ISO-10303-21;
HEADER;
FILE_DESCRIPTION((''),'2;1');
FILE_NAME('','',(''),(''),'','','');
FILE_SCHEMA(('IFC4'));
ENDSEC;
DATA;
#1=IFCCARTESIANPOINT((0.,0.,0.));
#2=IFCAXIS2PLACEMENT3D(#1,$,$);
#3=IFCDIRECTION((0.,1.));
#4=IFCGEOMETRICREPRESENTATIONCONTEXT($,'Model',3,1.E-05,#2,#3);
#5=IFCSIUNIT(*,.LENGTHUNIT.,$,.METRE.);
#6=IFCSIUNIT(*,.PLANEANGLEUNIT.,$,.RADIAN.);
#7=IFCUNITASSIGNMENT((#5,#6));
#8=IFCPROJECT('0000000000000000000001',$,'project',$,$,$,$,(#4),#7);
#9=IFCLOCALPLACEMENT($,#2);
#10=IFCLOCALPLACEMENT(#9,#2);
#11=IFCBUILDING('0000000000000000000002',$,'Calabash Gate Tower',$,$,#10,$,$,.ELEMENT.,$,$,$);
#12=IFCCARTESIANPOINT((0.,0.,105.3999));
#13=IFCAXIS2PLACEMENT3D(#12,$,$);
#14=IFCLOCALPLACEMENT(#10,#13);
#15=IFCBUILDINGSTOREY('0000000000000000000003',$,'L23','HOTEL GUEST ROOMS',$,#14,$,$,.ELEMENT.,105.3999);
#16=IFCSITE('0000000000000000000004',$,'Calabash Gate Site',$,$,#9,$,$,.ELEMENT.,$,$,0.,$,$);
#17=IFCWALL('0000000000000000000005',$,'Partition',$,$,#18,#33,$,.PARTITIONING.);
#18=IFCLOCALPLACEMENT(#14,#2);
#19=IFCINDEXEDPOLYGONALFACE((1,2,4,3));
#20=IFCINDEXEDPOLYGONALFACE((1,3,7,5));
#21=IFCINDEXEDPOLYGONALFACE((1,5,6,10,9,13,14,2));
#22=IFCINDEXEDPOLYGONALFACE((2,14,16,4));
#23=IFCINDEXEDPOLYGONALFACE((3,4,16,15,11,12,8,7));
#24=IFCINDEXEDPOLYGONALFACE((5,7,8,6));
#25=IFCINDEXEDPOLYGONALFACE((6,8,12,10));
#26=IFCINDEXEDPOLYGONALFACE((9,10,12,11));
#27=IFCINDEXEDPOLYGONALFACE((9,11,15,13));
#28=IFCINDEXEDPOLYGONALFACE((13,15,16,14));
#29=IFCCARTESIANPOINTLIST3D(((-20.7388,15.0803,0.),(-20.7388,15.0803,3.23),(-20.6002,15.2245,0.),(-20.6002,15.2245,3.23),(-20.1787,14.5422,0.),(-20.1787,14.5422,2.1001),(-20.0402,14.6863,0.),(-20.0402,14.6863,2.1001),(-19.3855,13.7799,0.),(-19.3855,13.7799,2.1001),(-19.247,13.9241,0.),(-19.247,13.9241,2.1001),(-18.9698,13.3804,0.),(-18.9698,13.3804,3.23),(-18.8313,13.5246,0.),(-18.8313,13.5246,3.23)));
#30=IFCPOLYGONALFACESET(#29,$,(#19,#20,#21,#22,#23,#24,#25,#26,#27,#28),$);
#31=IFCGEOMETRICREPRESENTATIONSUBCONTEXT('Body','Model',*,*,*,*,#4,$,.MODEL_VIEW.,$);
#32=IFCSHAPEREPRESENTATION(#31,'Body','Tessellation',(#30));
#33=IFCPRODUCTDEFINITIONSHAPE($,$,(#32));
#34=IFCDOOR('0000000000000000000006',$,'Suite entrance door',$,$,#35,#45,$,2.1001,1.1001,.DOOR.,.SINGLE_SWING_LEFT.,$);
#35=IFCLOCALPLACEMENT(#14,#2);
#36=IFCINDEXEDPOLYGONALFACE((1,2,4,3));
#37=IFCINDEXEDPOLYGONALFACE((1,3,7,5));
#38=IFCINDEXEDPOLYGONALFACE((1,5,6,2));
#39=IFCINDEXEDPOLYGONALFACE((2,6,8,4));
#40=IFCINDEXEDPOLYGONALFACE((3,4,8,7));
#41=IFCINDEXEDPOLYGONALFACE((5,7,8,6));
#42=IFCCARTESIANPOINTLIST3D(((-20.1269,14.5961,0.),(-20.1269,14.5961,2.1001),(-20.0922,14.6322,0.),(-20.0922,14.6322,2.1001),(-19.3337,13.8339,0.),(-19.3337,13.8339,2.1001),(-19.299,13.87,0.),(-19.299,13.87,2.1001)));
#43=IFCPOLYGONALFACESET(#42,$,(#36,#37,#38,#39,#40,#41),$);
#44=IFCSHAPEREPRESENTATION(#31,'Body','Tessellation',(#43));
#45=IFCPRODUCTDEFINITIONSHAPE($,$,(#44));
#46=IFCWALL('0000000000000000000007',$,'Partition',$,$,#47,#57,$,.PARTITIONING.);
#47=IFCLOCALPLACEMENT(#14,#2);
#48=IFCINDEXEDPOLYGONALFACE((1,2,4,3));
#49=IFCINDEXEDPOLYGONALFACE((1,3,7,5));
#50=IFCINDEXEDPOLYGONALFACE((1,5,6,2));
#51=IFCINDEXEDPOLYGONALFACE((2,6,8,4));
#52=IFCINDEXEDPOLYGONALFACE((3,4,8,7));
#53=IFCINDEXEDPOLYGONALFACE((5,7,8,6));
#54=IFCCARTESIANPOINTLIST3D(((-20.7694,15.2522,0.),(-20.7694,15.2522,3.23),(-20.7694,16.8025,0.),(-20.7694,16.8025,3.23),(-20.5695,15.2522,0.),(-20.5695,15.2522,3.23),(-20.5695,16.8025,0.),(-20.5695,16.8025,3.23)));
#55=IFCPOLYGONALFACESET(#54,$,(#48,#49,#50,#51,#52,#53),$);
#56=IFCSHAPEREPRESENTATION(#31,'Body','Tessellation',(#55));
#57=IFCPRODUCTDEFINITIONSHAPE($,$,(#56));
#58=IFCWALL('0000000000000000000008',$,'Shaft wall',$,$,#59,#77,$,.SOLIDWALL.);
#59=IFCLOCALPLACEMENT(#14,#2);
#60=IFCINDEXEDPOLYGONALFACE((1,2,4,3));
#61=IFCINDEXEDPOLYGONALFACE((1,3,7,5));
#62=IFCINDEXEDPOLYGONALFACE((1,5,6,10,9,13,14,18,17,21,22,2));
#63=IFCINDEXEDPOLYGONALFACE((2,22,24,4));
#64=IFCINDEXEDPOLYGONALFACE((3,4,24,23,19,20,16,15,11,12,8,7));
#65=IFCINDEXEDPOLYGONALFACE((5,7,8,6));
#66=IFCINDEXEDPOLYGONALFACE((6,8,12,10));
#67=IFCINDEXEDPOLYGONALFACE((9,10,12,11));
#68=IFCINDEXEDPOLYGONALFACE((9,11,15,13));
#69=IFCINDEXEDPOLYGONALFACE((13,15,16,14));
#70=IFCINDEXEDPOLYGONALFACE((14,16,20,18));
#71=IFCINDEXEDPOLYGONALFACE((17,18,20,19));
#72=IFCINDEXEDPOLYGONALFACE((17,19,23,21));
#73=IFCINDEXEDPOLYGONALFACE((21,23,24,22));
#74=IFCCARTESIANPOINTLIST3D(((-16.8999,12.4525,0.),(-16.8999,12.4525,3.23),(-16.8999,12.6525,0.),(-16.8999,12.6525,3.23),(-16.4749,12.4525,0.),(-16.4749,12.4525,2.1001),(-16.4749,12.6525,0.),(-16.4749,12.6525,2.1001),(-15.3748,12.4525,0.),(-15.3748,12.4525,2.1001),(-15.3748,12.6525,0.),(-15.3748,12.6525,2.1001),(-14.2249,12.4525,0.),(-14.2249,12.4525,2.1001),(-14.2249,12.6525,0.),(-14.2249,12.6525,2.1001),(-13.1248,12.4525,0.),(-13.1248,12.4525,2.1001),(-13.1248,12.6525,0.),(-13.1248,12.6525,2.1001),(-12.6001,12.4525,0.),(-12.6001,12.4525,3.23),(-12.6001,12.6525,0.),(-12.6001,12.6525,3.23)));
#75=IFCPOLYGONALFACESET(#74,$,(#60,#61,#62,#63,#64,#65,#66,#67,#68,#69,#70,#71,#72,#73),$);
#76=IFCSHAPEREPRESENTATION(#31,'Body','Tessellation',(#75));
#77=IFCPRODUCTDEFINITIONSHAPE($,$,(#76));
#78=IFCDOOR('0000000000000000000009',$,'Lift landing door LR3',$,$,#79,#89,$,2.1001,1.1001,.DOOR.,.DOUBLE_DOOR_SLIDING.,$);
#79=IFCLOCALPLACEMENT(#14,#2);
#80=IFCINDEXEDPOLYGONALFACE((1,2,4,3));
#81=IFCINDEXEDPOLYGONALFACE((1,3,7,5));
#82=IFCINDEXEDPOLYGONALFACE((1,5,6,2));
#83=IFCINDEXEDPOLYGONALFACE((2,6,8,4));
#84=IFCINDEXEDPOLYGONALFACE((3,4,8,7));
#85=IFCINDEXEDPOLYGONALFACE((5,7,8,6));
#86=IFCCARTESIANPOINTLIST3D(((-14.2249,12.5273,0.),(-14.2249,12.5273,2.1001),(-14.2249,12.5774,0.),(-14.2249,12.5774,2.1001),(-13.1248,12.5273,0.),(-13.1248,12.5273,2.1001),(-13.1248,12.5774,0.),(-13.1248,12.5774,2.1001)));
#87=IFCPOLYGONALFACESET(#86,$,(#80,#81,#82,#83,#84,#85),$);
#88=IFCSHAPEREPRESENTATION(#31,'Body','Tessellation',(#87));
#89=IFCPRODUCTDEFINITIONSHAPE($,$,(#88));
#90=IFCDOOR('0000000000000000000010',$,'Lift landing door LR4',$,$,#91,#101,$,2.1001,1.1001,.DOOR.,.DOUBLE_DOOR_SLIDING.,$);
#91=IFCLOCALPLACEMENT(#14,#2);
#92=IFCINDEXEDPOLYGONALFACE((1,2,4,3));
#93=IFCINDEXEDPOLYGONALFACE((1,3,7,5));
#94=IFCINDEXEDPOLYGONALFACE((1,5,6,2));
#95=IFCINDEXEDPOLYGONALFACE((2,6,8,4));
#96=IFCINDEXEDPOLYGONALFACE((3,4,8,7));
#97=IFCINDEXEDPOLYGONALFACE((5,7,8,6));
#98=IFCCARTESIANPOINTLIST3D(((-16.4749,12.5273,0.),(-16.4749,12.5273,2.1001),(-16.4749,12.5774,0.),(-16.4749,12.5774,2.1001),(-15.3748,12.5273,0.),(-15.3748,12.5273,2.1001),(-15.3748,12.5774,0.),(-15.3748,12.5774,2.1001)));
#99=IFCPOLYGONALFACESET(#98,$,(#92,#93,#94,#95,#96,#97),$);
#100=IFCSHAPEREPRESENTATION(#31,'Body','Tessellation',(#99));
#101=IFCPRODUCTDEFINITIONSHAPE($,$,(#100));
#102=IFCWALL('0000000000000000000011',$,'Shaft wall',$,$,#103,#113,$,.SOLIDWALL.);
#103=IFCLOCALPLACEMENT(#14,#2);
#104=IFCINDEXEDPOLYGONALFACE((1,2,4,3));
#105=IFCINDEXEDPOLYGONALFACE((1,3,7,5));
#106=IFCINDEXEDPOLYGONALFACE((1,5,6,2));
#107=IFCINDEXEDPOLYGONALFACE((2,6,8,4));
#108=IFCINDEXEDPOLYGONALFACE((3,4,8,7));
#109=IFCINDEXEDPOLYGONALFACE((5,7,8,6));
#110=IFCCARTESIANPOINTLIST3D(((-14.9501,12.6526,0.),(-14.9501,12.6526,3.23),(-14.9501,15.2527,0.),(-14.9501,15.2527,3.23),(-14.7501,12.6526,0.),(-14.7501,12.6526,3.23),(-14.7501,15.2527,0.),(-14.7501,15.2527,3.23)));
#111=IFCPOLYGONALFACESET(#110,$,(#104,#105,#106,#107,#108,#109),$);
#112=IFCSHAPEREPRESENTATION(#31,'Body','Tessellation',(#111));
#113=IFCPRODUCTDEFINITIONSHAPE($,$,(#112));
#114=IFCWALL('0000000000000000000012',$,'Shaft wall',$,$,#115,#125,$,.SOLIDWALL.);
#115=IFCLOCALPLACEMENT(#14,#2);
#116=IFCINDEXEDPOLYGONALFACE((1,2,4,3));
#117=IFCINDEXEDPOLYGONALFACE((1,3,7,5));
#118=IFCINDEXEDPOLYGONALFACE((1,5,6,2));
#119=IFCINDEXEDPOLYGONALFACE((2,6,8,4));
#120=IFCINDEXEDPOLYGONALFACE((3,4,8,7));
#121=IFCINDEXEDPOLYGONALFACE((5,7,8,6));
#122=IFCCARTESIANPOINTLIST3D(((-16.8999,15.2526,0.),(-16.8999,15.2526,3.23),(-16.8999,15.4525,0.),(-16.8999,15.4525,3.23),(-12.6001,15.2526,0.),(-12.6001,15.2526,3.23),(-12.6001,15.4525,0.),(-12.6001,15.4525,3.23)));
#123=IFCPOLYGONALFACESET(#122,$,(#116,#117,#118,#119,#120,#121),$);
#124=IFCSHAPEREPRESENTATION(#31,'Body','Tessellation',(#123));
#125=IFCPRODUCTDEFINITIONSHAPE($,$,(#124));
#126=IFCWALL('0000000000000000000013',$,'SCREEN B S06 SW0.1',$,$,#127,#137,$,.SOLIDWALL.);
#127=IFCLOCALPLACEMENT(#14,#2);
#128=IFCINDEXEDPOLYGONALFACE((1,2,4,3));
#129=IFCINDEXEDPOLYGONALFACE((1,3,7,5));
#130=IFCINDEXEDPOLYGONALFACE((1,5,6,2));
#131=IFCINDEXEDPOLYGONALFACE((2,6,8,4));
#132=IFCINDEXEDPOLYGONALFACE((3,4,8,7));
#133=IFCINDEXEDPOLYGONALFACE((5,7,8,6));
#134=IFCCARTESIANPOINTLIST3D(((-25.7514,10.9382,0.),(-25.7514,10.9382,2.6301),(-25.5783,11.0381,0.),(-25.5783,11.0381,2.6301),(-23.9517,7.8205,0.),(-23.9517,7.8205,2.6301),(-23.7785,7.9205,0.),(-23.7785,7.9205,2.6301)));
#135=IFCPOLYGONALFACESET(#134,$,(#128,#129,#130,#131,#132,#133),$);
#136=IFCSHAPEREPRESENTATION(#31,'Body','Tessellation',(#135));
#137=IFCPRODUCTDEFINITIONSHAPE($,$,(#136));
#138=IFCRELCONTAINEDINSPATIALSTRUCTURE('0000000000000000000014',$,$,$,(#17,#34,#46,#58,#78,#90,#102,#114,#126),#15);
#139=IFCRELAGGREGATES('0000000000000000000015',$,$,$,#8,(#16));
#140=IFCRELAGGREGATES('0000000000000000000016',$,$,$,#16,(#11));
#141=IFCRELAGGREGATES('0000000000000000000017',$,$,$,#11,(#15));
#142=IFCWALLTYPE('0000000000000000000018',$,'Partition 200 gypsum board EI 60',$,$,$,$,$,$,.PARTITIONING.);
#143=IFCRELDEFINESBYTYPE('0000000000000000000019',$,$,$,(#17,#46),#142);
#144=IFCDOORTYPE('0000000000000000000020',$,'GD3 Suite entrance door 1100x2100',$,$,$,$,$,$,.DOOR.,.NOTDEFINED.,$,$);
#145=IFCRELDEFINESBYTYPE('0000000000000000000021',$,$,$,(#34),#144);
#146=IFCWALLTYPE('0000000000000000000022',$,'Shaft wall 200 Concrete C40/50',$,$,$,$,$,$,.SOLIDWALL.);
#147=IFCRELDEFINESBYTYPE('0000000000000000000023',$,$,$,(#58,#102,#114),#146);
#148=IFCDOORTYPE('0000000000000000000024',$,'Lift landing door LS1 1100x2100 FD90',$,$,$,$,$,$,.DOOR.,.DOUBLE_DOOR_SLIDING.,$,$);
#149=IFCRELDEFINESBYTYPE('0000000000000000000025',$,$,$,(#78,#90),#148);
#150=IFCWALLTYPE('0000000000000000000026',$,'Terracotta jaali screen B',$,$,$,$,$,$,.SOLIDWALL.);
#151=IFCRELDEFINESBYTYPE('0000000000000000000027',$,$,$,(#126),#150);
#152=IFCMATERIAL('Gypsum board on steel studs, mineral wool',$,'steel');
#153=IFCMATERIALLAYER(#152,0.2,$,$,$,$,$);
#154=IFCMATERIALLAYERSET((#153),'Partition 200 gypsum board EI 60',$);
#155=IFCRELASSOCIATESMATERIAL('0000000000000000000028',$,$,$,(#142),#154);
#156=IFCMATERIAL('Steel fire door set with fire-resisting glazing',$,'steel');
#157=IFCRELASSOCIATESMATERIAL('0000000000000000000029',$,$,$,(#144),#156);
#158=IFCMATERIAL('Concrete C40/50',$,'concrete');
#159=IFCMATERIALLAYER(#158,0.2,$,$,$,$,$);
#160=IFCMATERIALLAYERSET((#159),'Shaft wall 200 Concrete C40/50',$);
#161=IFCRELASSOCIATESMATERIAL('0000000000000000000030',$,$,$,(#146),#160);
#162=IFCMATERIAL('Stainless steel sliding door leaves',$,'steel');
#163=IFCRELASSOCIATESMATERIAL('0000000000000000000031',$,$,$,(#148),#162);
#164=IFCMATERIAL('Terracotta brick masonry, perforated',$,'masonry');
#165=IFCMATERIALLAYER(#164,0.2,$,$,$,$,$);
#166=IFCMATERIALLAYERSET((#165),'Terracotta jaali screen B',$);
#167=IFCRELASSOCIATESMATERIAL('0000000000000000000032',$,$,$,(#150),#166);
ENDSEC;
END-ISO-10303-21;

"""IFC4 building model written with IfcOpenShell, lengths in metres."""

from ifc_helpers import new_model, si_unit, direction, frame, frame_2d, origin, place, context, subcontext, project, spatial, rectangle, extrude, material, layer, layer_set, type_object, element, fill, save


model = new_model("IFC4")

# Units and contexts
model_context = context("Model", 3, precision=1e-05, world=origin(), true_north=direction((0.0, 1.0)))
body_context = subcontext(model_context, "Body", "Model", "MODEL_VIEW")
ifc_project = project(units=[si_unit("LENGTHUNIT", "METRE"), si_unit("PLANEANGLEUNIT", "RADIAN")], contexts=[model_context])

# Site, building, storey
site_placement = place(None, origin())
site = spatial("IfcSite", under=ifc_project, at=site_placement, Name="Calabash Gate Site", CompositionType="ELEMENT", RefElevation=0.0)
building_placement = place(site_placement, origin())
building = spatial("IfcBuilding", under=site, at=building_placement, Name="Calabash Gate Tower", CompositionType="ELEMENT")
storey_placement = place(building_placement, frame((0.0, 0.0, 105.3999)))
storey = spatial("IfcBuildingStorey", under=building, at=storey_placement, Name="L23", Description="HOTEL GUEST ROOMS", CompositionType="ELEMENT", Elevation=105.3999)

# Shared definitions
ifc_material_1 = material(Name="Gypsum board on steel studs, mineral wool", Category="steel")
ifc_layer_1 = layer(ifc_material_1, 0.2)
ifc_layer_set_1 = layer_set([ifc_layer_1], Name="Partition 200 gypsum board EI 60")
wall_type_1 = type_object("IfcWallType", Name="Partition 200 gypsum board EI 60", PredefinedType="PARTITIONING", material=ifc_layer_set_1)

# Wall, opening, door
wall_1_placement = place(storey_placement, frame((-20.6694, 15.1523, 0.0), z_axis=(0.0, 0.0, 1.0), x_axis=(0.721047, -0.692886, 0.0)))
wall_1 = element("IfcWall", 1, at=wall_1_placement, inside=storey, type_object=wall_type_1, Name="Partition", PredefinedType="PARTITIONING", context=body_context, shape_type="SweptSolid", body=[
    extrude(rectangle(XDim=2.4534, YDim=0.2, at=frame_2d((1.2266, 0.0))), origin(), (0.0, 0.0, 1.0), 3.23),
])
opening_1_placement = place(wall_1_placement, frame((0.7766, 0.0, 0.0)))
opening_1 = element("IfcOpeningElement", 2, at=opening_1_placement, cuts=wall_1, PredefinedType="OPENING", context=body_context, shape_type="SweptSolid", body=[
    extrude(rectangle(XDim=1.1001, YDim=2.1001, at=frame_2d((0.55, 1.05))), frame((0.0, 0.1099, 0.0), z_axis=(0.0, -1.0, 0.0), x_axis=(1.0, 0.0, 0.0)), (0.0, 0.0, 1.0), 0.22),
])
ifc_material_2 = material(Name="Steel fire door set with fire-resisting glazing", Category="steel")
door_type_1 = type_object("IfcDoorType", Name="GD3 Suite entrance door 1100x2100", OperationType="NOTDEFINED", PredefinedType="DOOR", material=ifc_material_2)
door_1_placement = place(opening_1_placement, origin())
door_1 = element("IfcDoor", 3, at=door_1_placement, inside=storey, type_object=door_type_1, Name="Suite entrance door", OperationType="SINGLE_SWING_LEFT", OverallHeight=2.1001, OverallWidth=1.1001, PredefinedType="DOOR", context=body_context, shape_type="SweptSolid", body=[
    extrude(rectangle(XDim=1.1001, YDim=2.1001, at=frame_2d((0.55, 1.05))), frame((0.0, 0.0249, 0.0), z_axis=(0.0, -1.0, 0.0), x_axis=(1.0, 0.0, 0.0)), (0.0, 0.0, 1.0), 0.05),
])
fill(opening_1, door_1)

# Wall
wall_2_placement = place(storey_placement, frame((-20.6694, 16.8025, 0.0), z_axis=(0.0, 0.0, 1.0), x_axis=(0.0, -1.0, 0.0)))
element("IfcWall", 4, at=wall_2_placement, inside=storey, type_object=wall_type_1, Name="Partition", PredefinedType="PARTITIONING", context=body_context, shape_type="SweptSolid", body=[
    extrude(rectangle(XDim=1.5503, YDim=0.2, at=frame_2d((0.7751, 0.0))), origin(), (0.0, 0.0, 1.0), 3.23),
])

# Wall, openings, doors
ifc_material_3 = material(Name="Concrete C40/50", Category="concrete")
ifc_layer_2 = layer(ifc_material_3, 0.2)
ifc_layer_set_2 = layer_set([ifc_layer_2], Name="Shaft wall 200 Concrete C40/50")
wall_type_2 = type_object("IfcWallType", Name="Shaft wall 200 Concrete C40/50", PredefinedType="SOLIDWALL", material=ifc_layer_set_2)
wall_3_placement = place(storey_placement, frame((-16.8999, 12.5525, 0.0), z_axis=(0.0, 0.0, 1.0), x_axis=(1.0, 0.0, 0.0)))
wall_3 = element("IfcWall", 5, at=wall_3_placement, inside=storey, type_object=wall_type_2, Name="Shaft wall", PredefinedType="SOLIDWALL", context=body_context, shape_type="SweptSolid", body=[
    extrude(rectangle(XDim=4.2998, YDim=0.2, at=frame_2d((2.1499, 0.0))), origin(), (0.0, 0.0, 1.0), 3.23),
])
opening_2_placement = place(wall_3_placement, frame((2.675, 0.0, 0.0)))
opening_2 = element("IfcOpeningElement", 6, at=opening_2_placement, cuts=wall_3, PredefinedType="OPENING", context=body_context, shape_type="SweptSolid", body=[
    extrude(rectangle(XDim=1.1001, YDim=2.1001, at=frame_2d((0.55, 1.05))), frame((0.0, 0.1099, 0.0), z_axis=(0.0, -1.0, 0.0), x_axis=(1.0, 0.0, 0.0)), (0.0, 0.0, 1.0), 0.22),
])
opening_3_placement = place(wall_3_placement, frame((0.425, 0.0, 0.0)))
opening_3 = element("IfcOpeningElement", 7, at=opening_3_placement, cuts=wall_3, PredefinedType="OPENING", context=body_context, shape_type="SweptSolid", body=[
    extrude(rectangle(XDim=1.1001, YDim=2.1001, at=frame_2d((0.55, 1.05))), frame((0.0, 0.1099, 0.0), z_axis=(0.0, -1.0, 0.0), x_axis=(1.0, 0.0, 0.0)), (0.0, 0.0, 1.0), 0.22),
])
ifc_material_4 = material(Name="Stainless steel sliding door leaves", Category="steel")
door_type_2 = type_object("IfcDoorType", Name="Lift landing door LS1 1100x2100 FD90", OperationType="DOUBLE_DOOR_SLIDING", PredefinedType="DOOR", material=ifc_material_4)
door_2_placement = place(opening_2_placement, origin())
door_2 = element("IfcDoor", 8, at=door_2_placement, inside=storey, type_object=door_type_2, Name="Lift landing door LR3", OperationType="DOUBLE_DOOR_SLIDING", OverallHeight=2.1001, OverallWidth=1.1001, PredefinedType="DOOR", context=body_context, shape_type="SweptSolid", body=[
    extrude(rectangle(XDim=1.1001, YDim=2.1001, at=frame_2d((0.55, 1.05))), frame((0.0, 0.0249, 0.0), z_axis=(0.0, -1.0, 0.0), x_axis=(1.0, 0.0, 0.0)), (0.0, 0.0, 1.0), 0.05),
])
fill(opening_2, door_2)
door_3_placement = place(opening_3_placement, origin())
door_3 = element("IfcDoor", 9, at=door_3_placement, inside=storey, type_object=door_type_2, Name="Lift landing door LR4", OperationType="DOUBLE_DOOR_SLIDING", OverallHeight=2.1001, OverallWidth=1.1001, PredefinedType="DOOR", context=body_context, shape_type="SweptSolid", body=[
    extrude(rectangle(XDim=1.1001, YDim=2.1001, at=frame_2d((0.55, 1.05))), frame((0.0, 0.0249, 0.0), z_axis=(0.0, -1.0, 0.0), x_axis=(1.0, 0.0, 0.0)), (0.0, 0.0, 1.0), 0.05),
])
fill(opening_3, door_3)

# Walls
wall_4_placement = place(storey_placement, frame((-14.8501, 12.6526, 0.0), z_axis=(0.0, 0.0, 1.0), x_axis=(0.0, 1.0, 0.0)))
element("IfcWall", 10, at=wall_4_placement, inside=storey, type_object=wall_type_2, Name="Shaft wall", PredefinedType="SOLIDWALL", context=body_context, shape_type="SweptSolid", body=[
    extrude(rectangle(XDim=2.6001, YDim=0.2, at=frame_2d((1.3, 0.0))), origin(), (0.0, 0.0, 1.0), 3.23),
])
wall_5_placement = place(storey_placement, frame((-16.8999, 15.3525, 0.0), z_axis=(0.0, 0.0, 1.0), x_axis=(1.0, 0.0, 0.0)))
element("IfcWall", 11, at=wall_5_placement, inside=storey, type_object=wall_type_2, Name="Shaft wall", PredefinedType="SOLIDWALL", context=body_context, shape_type="SweptSolid", body=[
    extrude(rectangle(XDim=4.2998, YDim=0.2, at=frame_2d((2.1499, 0.0))), origin(), (0.0, 0.0, 1.0), 3.23),
])
ifc_material_5 = material(Name="Terracotta brick masonry, perforated", Category="masonry")
ifc_layer_3 = layer(ifc_material_5, 0.2)
ifc_layer_set_3 = layer_set([ifc_layer_3], Name="Terracotta jaali screen B")
wall_type_3 = type_object("IfcWallType", Name="Terracotta jaali screen B", PredefinedType="SOLIDWALL", material=ifc_layer_set_3)
wall_6_placement = place(storey_placement, frame((-25.6648, 10.988, 0.0), z_axis=(0.0, 0.0, 1.0), x_axis=(0.499961, -0.866048, 0.0)))
element("IfcWall", 12, at=wall_6_placement, inside=storey, type_object=wall_type_3, Name="SCREEN B S06 SW0.1", PredefinedType="SOLIDWALL", context=body_context, shape_type="SweptSolid", body=[
    extrude(rectangle(XDim=3.5999, YDim=0.2, at=frame_2d((1.7998, 0.0))), origin(), (0.0, 0.0, 1.0), 2.6301),
])

save(model, "model.ifc")
